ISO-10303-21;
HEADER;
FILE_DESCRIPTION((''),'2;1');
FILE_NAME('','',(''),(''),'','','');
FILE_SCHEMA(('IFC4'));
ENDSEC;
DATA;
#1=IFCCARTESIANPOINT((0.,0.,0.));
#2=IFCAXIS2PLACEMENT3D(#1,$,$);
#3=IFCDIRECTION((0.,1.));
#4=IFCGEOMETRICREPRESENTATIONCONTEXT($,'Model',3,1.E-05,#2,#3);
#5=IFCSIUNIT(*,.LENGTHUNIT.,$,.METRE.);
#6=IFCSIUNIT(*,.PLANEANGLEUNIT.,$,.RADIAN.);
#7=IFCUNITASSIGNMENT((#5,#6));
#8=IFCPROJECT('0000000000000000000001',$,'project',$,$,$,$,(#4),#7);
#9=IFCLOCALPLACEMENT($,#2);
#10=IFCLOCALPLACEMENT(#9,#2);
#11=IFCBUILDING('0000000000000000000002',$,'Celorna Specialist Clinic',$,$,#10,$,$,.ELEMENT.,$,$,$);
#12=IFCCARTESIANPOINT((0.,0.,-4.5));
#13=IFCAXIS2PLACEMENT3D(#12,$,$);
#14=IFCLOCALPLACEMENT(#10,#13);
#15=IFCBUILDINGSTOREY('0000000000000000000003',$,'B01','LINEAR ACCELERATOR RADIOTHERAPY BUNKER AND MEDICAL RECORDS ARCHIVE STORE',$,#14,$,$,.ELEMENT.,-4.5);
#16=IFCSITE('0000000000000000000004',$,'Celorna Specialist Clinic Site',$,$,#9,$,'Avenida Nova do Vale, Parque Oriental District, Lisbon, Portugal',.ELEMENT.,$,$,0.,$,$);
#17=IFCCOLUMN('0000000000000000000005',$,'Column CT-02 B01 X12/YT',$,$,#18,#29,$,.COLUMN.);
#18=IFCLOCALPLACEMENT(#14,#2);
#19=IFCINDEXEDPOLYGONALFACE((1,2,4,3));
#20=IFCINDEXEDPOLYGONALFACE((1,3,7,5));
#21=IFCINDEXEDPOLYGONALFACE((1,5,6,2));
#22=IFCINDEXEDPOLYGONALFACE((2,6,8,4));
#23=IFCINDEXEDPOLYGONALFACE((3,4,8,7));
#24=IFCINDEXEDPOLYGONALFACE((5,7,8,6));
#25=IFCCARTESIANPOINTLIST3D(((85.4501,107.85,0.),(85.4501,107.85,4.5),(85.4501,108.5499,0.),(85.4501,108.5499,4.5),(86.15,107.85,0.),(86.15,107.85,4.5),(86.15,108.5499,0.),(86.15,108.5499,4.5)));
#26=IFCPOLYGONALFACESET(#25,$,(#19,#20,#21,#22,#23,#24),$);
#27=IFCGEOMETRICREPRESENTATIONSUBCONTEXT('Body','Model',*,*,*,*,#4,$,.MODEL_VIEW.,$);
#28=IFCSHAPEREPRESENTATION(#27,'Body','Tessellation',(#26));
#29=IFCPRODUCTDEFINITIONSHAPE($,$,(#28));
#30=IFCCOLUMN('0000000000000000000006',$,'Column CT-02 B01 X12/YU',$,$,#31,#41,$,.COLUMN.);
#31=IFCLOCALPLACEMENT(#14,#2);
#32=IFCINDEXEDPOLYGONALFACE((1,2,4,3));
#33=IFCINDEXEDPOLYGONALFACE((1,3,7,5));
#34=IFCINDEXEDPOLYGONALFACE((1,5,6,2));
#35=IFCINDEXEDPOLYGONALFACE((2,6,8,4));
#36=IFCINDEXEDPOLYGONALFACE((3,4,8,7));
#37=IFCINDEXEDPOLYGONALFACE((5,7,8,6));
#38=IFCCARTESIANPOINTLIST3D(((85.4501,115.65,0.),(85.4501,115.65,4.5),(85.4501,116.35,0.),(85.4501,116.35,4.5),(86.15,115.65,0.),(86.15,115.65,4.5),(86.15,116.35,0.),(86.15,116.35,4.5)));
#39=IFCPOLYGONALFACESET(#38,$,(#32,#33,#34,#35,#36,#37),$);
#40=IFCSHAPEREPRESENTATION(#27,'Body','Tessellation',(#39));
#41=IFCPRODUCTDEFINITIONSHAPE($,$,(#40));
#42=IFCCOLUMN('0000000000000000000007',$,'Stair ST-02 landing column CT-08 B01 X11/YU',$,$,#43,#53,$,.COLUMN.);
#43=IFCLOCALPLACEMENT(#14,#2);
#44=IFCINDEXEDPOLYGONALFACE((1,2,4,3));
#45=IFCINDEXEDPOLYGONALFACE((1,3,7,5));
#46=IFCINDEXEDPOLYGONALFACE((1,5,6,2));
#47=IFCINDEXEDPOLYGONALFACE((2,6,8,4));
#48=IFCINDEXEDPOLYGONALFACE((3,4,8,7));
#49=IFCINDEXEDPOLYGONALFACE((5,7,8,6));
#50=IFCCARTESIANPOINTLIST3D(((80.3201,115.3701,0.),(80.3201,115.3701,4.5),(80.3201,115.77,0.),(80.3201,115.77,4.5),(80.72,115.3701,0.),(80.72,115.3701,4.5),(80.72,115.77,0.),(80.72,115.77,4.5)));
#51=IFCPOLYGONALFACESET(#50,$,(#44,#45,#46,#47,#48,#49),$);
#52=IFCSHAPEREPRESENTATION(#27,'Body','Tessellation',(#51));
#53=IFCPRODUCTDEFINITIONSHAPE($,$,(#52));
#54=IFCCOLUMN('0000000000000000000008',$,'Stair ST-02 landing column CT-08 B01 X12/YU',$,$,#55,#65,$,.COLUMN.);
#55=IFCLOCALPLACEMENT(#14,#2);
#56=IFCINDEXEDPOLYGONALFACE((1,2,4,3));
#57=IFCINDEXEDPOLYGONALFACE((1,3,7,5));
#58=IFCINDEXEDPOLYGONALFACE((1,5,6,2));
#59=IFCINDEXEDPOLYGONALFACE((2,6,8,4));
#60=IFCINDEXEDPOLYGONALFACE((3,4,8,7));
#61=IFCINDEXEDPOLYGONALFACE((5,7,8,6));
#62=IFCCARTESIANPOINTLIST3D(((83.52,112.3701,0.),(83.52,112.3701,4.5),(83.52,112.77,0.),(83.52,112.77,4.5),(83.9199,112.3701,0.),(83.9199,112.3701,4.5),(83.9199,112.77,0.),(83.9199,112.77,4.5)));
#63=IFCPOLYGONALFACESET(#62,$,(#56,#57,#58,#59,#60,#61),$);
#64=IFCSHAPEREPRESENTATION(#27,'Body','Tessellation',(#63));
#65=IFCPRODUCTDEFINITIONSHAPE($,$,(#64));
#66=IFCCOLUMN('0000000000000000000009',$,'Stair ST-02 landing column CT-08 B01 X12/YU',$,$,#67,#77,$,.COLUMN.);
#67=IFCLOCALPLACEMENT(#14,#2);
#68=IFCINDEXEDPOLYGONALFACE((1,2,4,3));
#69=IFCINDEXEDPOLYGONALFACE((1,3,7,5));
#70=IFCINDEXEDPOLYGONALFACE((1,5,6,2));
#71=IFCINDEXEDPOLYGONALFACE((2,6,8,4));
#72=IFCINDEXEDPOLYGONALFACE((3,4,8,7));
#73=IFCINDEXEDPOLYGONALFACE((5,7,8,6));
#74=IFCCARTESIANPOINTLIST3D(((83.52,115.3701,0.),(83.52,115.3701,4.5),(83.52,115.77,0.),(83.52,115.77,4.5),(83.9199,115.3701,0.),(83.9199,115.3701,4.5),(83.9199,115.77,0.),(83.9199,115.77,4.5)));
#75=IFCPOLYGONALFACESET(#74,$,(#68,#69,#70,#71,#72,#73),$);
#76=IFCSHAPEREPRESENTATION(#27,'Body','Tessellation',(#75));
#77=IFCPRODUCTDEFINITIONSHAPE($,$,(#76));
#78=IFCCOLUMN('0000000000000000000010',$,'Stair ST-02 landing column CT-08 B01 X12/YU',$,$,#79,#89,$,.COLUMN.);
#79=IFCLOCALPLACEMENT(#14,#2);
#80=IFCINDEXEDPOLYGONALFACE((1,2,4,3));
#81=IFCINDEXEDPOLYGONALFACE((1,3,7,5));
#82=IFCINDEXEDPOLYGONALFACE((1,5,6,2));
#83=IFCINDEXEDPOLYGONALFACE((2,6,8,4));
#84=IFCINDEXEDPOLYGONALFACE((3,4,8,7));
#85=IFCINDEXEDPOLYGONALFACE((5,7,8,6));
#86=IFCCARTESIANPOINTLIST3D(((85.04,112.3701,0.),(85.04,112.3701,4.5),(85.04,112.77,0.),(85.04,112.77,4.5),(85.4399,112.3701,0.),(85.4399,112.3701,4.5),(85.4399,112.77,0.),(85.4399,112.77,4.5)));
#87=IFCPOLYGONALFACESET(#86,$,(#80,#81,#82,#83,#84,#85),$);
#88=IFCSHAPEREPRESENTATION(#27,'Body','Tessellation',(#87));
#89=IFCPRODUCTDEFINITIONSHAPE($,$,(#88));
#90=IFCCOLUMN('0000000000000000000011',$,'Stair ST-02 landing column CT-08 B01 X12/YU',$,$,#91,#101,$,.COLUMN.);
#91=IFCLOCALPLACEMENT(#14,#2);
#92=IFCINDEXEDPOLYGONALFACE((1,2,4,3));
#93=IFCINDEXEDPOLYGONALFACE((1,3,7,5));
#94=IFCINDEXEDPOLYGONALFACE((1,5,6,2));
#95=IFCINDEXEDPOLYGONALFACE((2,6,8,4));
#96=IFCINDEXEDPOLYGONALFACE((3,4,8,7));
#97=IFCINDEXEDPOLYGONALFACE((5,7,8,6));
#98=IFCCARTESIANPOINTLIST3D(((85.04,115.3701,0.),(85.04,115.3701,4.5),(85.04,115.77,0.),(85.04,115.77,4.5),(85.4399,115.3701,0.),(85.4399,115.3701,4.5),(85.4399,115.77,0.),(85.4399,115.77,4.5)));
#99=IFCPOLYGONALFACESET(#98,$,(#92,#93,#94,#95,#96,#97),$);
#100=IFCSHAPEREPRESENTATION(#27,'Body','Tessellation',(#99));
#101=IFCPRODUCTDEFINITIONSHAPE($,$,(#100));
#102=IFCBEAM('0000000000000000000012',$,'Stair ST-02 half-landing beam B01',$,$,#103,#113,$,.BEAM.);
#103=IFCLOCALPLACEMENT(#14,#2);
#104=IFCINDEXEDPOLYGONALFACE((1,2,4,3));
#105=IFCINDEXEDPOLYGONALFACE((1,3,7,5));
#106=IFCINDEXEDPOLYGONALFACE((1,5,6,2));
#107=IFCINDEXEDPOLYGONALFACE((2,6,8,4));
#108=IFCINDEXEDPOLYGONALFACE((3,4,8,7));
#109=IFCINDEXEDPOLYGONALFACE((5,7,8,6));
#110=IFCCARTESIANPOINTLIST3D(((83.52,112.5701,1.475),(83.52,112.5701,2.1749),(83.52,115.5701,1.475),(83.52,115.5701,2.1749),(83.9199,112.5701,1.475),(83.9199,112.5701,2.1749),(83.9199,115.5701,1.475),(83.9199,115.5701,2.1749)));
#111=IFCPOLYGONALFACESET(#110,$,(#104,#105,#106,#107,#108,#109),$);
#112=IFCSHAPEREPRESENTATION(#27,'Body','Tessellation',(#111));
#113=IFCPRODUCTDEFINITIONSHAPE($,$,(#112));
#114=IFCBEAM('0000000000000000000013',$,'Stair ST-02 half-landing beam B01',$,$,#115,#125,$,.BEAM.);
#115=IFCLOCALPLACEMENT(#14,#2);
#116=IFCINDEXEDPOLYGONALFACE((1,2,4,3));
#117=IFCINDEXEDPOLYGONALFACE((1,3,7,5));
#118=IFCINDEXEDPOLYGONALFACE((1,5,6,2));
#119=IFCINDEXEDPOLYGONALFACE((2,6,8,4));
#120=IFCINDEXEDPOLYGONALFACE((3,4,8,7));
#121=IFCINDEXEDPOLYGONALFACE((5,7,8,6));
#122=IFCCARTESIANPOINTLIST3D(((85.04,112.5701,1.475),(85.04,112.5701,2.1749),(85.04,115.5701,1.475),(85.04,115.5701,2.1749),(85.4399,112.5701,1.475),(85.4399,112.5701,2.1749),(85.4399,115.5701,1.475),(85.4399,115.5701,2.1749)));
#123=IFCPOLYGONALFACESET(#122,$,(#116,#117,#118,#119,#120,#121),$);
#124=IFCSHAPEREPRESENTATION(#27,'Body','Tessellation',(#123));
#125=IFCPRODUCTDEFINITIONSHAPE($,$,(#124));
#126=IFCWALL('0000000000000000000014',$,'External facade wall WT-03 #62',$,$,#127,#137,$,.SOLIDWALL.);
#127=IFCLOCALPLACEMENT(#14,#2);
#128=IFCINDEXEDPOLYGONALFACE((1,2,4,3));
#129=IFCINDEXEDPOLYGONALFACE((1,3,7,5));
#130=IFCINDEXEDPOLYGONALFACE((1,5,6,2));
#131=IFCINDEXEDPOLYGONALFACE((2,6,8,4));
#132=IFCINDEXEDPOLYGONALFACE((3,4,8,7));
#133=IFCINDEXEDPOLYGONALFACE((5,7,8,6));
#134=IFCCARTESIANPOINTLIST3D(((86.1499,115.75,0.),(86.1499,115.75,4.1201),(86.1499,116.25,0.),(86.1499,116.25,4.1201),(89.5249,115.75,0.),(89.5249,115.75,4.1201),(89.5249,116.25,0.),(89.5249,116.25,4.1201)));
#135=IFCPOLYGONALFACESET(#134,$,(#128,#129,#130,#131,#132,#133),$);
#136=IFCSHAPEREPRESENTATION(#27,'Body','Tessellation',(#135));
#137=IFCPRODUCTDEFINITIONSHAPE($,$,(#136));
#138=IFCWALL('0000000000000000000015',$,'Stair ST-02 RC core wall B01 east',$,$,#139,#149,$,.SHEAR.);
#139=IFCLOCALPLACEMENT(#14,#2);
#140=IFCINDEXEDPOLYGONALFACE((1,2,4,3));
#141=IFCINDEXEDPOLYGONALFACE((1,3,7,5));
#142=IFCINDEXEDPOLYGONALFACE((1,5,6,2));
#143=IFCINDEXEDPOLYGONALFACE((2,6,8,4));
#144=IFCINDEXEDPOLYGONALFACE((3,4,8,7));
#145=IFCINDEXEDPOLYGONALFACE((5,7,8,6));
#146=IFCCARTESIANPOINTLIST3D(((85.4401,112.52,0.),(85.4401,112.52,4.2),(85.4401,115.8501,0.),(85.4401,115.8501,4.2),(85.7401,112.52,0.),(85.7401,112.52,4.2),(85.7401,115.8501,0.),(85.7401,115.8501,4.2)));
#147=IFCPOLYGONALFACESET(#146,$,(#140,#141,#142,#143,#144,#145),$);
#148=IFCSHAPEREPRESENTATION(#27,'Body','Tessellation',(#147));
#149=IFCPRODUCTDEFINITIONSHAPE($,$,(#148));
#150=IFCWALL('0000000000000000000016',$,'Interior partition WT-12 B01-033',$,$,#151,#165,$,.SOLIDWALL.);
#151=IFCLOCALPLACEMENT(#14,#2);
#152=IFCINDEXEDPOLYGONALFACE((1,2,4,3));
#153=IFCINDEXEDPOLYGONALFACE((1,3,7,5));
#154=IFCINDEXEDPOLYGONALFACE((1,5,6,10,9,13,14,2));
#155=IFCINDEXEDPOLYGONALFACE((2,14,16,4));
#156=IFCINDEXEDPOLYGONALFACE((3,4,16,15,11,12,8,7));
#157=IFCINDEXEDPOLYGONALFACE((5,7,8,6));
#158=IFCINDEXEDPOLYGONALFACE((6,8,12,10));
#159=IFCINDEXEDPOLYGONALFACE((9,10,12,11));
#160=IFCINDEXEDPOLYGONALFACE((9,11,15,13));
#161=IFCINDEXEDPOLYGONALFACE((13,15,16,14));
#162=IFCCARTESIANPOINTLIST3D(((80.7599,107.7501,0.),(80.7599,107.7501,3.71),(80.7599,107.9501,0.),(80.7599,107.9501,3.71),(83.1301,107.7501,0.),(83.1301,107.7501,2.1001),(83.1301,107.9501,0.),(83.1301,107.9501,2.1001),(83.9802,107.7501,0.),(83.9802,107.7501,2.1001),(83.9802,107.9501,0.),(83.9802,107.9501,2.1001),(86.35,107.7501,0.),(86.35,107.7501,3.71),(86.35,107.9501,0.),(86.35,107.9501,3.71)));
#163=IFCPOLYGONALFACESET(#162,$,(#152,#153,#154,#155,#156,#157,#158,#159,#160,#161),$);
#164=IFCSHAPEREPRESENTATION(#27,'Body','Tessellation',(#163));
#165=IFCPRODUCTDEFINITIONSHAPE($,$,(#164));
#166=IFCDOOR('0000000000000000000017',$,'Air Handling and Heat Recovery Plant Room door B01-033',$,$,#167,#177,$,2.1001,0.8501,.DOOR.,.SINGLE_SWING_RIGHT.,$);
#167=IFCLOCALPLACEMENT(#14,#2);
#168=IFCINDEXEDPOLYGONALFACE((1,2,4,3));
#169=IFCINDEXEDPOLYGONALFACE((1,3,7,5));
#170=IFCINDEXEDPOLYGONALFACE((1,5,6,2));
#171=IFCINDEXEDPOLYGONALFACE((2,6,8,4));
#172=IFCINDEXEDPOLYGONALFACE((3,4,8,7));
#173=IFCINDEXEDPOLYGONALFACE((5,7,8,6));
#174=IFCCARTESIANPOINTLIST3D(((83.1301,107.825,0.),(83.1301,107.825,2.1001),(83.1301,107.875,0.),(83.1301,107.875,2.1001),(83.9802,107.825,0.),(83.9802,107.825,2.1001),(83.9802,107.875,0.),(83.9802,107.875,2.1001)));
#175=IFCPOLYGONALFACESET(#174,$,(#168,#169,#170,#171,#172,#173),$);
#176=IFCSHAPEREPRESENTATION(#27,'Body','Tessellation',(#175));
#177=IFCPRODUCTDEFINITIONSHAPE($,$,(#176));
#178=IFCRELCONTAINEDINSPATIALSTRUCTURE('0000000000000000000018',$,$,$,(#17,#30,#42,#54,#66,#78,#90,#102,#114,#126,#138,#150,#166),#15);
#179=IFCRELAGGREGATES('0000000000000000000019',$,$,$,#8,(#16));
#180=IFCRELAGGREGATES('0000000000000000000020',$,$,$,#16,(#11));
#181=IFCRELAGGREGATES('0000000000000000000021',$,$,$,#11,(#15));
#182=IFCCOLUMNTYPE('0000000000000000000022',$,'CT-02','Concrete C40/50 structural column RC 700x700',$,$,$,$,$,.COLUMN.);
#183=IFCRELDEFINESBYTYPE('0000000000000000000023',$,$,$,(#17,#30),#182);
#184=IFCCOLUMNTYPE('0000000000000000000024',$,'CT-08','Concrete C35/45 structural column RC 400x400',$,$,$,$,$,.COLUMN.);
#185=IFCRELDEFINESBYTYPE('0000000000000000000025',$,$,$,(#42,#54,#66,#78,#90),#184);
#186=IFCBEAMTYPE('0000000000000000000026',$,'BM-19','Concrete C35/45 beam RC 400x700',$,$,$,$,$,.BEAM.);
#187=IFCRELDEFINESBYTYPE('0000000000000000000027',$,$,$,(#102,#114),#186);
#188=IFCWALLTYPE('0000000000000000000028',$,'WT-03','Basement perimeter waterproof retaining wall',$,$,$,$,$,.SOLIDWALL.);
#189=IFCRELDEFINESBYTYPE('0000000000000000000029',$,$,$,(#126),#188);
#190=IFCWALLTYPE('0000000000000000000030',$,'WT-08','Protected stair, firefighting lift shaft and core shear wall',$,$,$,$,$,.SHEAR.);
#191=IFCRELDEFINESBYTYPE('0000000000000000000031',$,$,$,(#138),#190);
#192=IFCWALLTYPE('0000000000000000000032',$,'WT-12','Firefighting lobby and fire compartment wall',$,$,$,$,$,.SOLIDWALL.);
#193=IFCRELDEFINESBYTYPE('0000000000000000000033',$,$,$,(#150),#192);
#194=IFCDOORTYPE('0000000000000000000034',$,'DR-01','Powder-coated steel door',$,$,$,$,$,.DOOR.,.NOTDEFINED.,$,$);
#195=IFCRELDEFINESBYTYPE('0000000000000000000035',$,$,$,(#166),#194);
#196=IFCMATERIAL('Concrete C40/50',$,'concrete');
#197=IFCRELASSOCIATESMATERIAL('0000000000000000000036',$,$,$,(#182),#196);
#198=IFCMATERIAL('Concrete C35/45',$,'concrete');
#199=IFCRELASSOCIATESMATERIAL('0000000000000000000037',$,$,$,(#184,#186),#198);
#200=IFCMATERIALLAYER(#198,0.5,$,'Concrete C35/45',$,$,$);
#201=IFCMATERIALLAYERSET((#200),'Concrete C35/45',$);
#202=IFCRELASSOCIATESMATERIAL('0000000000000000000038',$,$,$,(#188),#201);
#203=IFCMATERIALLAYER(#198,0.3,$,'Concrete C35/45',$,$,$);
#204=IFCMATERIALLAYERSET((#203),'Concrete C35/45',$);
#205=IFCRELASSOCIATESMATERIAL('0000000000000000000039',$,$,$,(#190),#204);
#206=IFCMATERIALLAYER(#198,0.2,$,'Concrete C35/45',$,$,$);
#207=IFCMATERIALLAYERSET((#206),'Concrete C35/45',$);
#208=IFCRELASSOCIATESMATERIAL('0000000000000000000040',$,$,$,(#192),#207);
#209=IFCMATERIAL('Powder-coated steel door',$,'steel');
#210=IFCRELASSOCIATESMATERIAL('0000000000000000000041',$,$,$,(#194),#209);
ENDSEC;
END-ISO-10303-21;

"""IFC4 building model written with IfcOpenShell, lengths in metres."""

from ifc_helpers import new_model, si_unit, direction, frame, frame_2d, origin, origin_2d, place, context, subcontext, project, spatial, rectangle, extrude, material, layer, layer_set, material_profile, profile_set, type_object, element, fill, save


model = new_model("IFC4")

# Units and contexts
model_context = context("Model", 3, precision=1e-05, world=origin(), true_north=direction((0.0, 1.0)))
body_context = subcontext(model_context, "Body", "Model", "MODEL_VIEW")
ifc_project = project(units=[si_unit("LENGTHUNIT", "METRE"), si_unit("PLANEANGLEUNIT", "RADIAN")], contexts=[model_context])

# Site, building, storey
site_placement = place(None, origin())
site = spatial("IfcSite", under=ifc_project, at=site_placement, Name="Celorna Specialist Clinic Site", LongName="Avenida Nova do Vale, Parque Oriental District, Lisbon, Portugal", CompositionType="ELEMENT", RefElevation=0.0)
building_placement = place(site_placement, origin())
building = spatial("IfcBuilding", under=site, at=building_placement, Name="Celorna Specialist Clinic", CompositionType="ELEMENT")
storey_placement = place(building_placement, frame((0.0, 0.0, -4.5)))
storey = spatial("IfcBuildingStorey", under=building, at=storey_placement, Name="B01", Description="LINEAR ACCELERATOR RADIOTHERAPY BUNKER AND MEDICAL RECORDS ARCHIVE STORE", CompositionType="ELEMENT", Elevation=-4.5)

# Shared definitions
ifc_material_1 = material(Name="Concrete C35/45", Category="concrete")

# Columns
ifc_material_2 = material(Name="Concrete C40/50", Category="concrete")
ifc_material_profile_1 = material_profile(ifc_material_2, rectangle(XDim=0.7, YDim=0.7, at=origin_2d()), Name="RC 700x700")
ifc_profile_set_1 = profile_set([ifc_material_profile_1], Name="Concrete C40/50")
column_type_1 = type_object("IfcColumnType", Name="CT-02", Description="Concrete C40/50 structural column RC 700x700", PredefinedType="COLUMN", material=ifc_profile_set_1)
for number, where, z_axis, x_axis, name in (
    (1, (85.8, 108.2, 0.0), (0.0, 0.0, 1.0), (1.0, 0.0, 0.0), "Column CT-02 B01 X12/YT"),
    (2, (85.8, 116.0, 0.0), (0.0, 0.0, 1.0), (1.0, 0.0, 0.0), "Column CT-02 B01 X12/YU"),
):
    element("IfcColumn", number, at=place(storey_placement, frame(where, z_axis=z_axis, x_axis=x_axis)), inside=storey, type_object=column_type_1, Name=name, PredefinedType="COLUMN", context=body_context, shape_type="SweptSolid", body=[
        extrude(rectangle(XDim=0.7, YDim=0.7, at=origin_2d()), origin(), (0.0, 0.0, 1.0), 4.5),
    ])
ifc_material_profile_2 = material_profile(ifc_material_1, rectangle(XDim=0.3999, YDim=0.3999, at=origin_2d()), Name="RC 400x400")
ifc_profile_set_2 = profile_set([ifc_material_profile_2], Name="Concrete C35/45")
column_type_2 = type_object("IfcColumnType", Name="CT-08", Description="Concrete C35/45 structural column RC 400x400", PredefinedType="COLUMN", material=ifc_profile_set_2)
for number, where, z_axis, x_axis, name in (
    (3, (80.52, 115.5701, 0.0), (0.0, 0.0, 1.0), (1.0, 0.0, 0.0), "Stair ST-02 landing column CT-08 B01 X11/YU"),
    (4, (83.72, 112.5701, 0.0), (0.0, 0.0, 1.0), (1.0, 0.0, 0.0), "Stair ST-02 landing column CT-08 B01 X12/YU"),
    (5, (83.72, 115.5701, 0.0), (0.0, 0.0, 1.0), (1.0, 0.0, 0.0), "Stair ST-02 landing column CT-08 B01 X12/YU"),
    (6, (85.24, 112.5701, 0.0), (0.0, 0.0, 1.0), (1.0, 0.0, 0.0), "Stair ST-02 landing column CT-08 B01 X12/YU"),
    (7, (85.24, 115.5701, 0.0), (0.0, 0.0, 1.0), (1.0, 0.0, 0.0), "Stair ST-02 landing column CT-08 B01 X12/YU"),
):
    element("IfcColumn", number, at=place(storey_placement, frame(where, z_axis=z_axis, x_axis=x_axis)), inside=storey, type_object=column_type_2, Name=name, PredefinedType="COLUMN", context=body_context, shape_type="SweptSolid", body=[
        extrude(rectangle(XDim=0.3999, YDim=0.3999, at=origin_2d()), origin(), (0.0, 0.0, 1.0), 4.5),
    ])

# Beams
ifc_material_profile_3 = material_profile(ifc_material_1, rectangle(XDim=0.3999, YDim=0.7, at=origin_2d()), Name="RC 400x700")
ifc_profile_set_3 = profile_set([ifc_material_profile_3], Name="Concrete C35/45")
beam_type = type_object("IfcBeamType", Name="BM-19", Description="Concrete C35/45 beam RC 400x700", PredefinedType="BEAM", material=ifc_profile_set_3)
for number, where, z_axis, x_axis, name in (
    (8, (83.72, 112.5701, 1.825), (0.0, 1.0, 0.0), (-1.0, 0.0, 0.0), "Stair ST-02 half-landing beam B01"),
    (9, (85.24, 112.5701, 1.825), (0.0, 1.0, 0.0), (-1.0, 0.0, 0.0), "Stair ST-02 half-landing beam B01"),
):
    element("IfcBeam", number, at=place(storey_placement, frame(where, z_axis=z_axis, x_axis=x_axis)), inside=storey, type_object=beam_type, Name=name, PredefinedType="BEAM", context=body_context, shape_type="SweptSolid", body=[
        extrude(rectangle(XDim=0.3999, YDim=0.7, at=origin_2d()), origin(), (0.0, 0.0, 1.0), 3.0),
    ])

# Walls
ifc_layer_1 = layer(ifc_material_1, 0.5, Name="Concrete C35/45")
ifc_layer_set_1 = layer_set([ifc_layer_1], Name="Concrete C35/45")
wall_type_1 = type_object("IfcWallType", Name="WT-03", Description="Basement perimeter waterproof retaining wall", PredefinedType="SOLIDWALL", material=ifc_layer_set_1)
wall_1_placement = place(storey_placement, frame((86.1499, 116.0, 0.0), z_axis=(0.0, 0.0, 1.0), x_axis=(1.0, 0.0, 0.0)))
element("IfcWall", 10, at=wall_1_placement, inside=storey, type_object=wall_type_1, Name="External facade wall WT-03 #62", PredefinedType="SOLIDWALL", context=body_context, shape_type="SweptSolid", body=[
    extrude(rectangle(XDim=3.375, YDim=0.5, at=frame_2d((1.6875, 0.0))), origin(), (0.0, 0.0, 1.0), 4.1201),
])
ifc_layer_2 = layer(ifc_material_1, 0.3, Name="Concrete C35/45")
ifc_layer_set_2 = layer_set([ifc_layer_2], Name="Concrete C35/45")
wall_type_2 = type_object("IfcWallType", Name="WT-08", Description="Protected stair, firefighting lift shaft and core shear wall", PredefinedType="SHEAR", material=ifc_layer_set_2)
wall_2_placement = place(storey_placement, frame((85.5901, 112.52, 0.0), z_axis=(0.0, 0.0, 1.0), x_axis=(0.0, 1.0, 0.0)))
element("IfcWall", 11, at=wall_2_placement, inside=storey, type_object=wall_type_2, Name="Stair ST-02 RC core wall B01 east", PredefinedType="SHEAR", context=body_context, shape_type="SweptSolid", body=[
    extrude(rectangle(XDim=3.3301, YDim=0.3, at=frame_2d((1.665, 0.0))), origin(), (0.0, 0.0, 1.0), 4.2),
])

# Wall, opening, door
ifc_layer_3 = layer(ifc_material_1, 0.2, Name="Concrete C35/45")
ifc_layer_set_3 = layer_set([ifc_layer_3], Name="Concrete C35/45")
wall_type_3 = type_object("IfcWallType", Name="WT-12", Description="Firefighting lobby and fire compartment wall", PredefinedType="SOLIDWALL", material=ifc_layer_set_3)
wall_3_placement = place(storey_placement, frame((80.76, 107.8501, 0.0), z_axis=(0.0, 0.0, 1.0), x_axis=(1.0, 0.0, 0.0)))
wall_3 = element("IfcWall", 12, at=wall_3_placement, inside=storey, type_object=wall_type_3, Name="Interior partition WT-12 B01-033", PredefinedType="SOLIDWALL", context=body_context, shape_type="SweptSolid", body=[
    extrude(rectangle(XDim=5.5901, YDim=0.2, at=frame_2d((2.7949, 0.0))), origin(), (0.0, 0.0, 1.0), 3.71),
])
opening_1_placement = place(wall_3_placement, frame((2.3701, 0.0, 0.0)))
opening_1 = element("IfcOpeningElement", 13, at=opening_1_placement, cuts=wall_3, PredefinedType="OPENING", context=body_context, shape_type="SweptSolid", body=[
    extrude(rectangle(XDim=0.8501, YDim=2.1001, at=frame_2d((0.425, 1.05))), frame((0.0, 0.1099, 0.0), z_axis=(0.0, -1.0, 0.0), x_axis=(1.0, 0.0, 0.0)), (0.0, 0.0, 1.0), 0.22),
])
ifc_material_3 = material(Name="Powder-coated steel door", Category="steel")
door_type_1 = type_object("IfcDoorType", Name="DR-01", Description="Powder-coated steel door", OperationType="NOTDEFINED", PredefinedType="DOOR", material=ifc_material_3)
door_1_placement = place(opening_1_placement, origin())
door_1 = element("IfcDoor", 14, at=door_1_placement, inside=storey, type_object=door_type_1, Name="Air Handling and Heat Recovery Plant Room door B01-033", OperationType="SINGLE_SWING_RIGHT", OverallHeight=2.1001, OverallWidth=0.8501, PredefinedType="DOOR", context=body_context, shape_type="SweptSolid", body=[
    extrude(rectangle(XDim=0.8501, YDim=2.1001, at=frame_2d((0.425, 1.05))), frame((0.0, 0.0249, 0.0), z_axis=(0.0, -1.0, 0.0), x_axis=(1.0, 0.0, 0.0)), (0.0, 0.0, 1.0), 0.05),
])
fill(opening_1, door_1)

save(model, "model.ifc")
